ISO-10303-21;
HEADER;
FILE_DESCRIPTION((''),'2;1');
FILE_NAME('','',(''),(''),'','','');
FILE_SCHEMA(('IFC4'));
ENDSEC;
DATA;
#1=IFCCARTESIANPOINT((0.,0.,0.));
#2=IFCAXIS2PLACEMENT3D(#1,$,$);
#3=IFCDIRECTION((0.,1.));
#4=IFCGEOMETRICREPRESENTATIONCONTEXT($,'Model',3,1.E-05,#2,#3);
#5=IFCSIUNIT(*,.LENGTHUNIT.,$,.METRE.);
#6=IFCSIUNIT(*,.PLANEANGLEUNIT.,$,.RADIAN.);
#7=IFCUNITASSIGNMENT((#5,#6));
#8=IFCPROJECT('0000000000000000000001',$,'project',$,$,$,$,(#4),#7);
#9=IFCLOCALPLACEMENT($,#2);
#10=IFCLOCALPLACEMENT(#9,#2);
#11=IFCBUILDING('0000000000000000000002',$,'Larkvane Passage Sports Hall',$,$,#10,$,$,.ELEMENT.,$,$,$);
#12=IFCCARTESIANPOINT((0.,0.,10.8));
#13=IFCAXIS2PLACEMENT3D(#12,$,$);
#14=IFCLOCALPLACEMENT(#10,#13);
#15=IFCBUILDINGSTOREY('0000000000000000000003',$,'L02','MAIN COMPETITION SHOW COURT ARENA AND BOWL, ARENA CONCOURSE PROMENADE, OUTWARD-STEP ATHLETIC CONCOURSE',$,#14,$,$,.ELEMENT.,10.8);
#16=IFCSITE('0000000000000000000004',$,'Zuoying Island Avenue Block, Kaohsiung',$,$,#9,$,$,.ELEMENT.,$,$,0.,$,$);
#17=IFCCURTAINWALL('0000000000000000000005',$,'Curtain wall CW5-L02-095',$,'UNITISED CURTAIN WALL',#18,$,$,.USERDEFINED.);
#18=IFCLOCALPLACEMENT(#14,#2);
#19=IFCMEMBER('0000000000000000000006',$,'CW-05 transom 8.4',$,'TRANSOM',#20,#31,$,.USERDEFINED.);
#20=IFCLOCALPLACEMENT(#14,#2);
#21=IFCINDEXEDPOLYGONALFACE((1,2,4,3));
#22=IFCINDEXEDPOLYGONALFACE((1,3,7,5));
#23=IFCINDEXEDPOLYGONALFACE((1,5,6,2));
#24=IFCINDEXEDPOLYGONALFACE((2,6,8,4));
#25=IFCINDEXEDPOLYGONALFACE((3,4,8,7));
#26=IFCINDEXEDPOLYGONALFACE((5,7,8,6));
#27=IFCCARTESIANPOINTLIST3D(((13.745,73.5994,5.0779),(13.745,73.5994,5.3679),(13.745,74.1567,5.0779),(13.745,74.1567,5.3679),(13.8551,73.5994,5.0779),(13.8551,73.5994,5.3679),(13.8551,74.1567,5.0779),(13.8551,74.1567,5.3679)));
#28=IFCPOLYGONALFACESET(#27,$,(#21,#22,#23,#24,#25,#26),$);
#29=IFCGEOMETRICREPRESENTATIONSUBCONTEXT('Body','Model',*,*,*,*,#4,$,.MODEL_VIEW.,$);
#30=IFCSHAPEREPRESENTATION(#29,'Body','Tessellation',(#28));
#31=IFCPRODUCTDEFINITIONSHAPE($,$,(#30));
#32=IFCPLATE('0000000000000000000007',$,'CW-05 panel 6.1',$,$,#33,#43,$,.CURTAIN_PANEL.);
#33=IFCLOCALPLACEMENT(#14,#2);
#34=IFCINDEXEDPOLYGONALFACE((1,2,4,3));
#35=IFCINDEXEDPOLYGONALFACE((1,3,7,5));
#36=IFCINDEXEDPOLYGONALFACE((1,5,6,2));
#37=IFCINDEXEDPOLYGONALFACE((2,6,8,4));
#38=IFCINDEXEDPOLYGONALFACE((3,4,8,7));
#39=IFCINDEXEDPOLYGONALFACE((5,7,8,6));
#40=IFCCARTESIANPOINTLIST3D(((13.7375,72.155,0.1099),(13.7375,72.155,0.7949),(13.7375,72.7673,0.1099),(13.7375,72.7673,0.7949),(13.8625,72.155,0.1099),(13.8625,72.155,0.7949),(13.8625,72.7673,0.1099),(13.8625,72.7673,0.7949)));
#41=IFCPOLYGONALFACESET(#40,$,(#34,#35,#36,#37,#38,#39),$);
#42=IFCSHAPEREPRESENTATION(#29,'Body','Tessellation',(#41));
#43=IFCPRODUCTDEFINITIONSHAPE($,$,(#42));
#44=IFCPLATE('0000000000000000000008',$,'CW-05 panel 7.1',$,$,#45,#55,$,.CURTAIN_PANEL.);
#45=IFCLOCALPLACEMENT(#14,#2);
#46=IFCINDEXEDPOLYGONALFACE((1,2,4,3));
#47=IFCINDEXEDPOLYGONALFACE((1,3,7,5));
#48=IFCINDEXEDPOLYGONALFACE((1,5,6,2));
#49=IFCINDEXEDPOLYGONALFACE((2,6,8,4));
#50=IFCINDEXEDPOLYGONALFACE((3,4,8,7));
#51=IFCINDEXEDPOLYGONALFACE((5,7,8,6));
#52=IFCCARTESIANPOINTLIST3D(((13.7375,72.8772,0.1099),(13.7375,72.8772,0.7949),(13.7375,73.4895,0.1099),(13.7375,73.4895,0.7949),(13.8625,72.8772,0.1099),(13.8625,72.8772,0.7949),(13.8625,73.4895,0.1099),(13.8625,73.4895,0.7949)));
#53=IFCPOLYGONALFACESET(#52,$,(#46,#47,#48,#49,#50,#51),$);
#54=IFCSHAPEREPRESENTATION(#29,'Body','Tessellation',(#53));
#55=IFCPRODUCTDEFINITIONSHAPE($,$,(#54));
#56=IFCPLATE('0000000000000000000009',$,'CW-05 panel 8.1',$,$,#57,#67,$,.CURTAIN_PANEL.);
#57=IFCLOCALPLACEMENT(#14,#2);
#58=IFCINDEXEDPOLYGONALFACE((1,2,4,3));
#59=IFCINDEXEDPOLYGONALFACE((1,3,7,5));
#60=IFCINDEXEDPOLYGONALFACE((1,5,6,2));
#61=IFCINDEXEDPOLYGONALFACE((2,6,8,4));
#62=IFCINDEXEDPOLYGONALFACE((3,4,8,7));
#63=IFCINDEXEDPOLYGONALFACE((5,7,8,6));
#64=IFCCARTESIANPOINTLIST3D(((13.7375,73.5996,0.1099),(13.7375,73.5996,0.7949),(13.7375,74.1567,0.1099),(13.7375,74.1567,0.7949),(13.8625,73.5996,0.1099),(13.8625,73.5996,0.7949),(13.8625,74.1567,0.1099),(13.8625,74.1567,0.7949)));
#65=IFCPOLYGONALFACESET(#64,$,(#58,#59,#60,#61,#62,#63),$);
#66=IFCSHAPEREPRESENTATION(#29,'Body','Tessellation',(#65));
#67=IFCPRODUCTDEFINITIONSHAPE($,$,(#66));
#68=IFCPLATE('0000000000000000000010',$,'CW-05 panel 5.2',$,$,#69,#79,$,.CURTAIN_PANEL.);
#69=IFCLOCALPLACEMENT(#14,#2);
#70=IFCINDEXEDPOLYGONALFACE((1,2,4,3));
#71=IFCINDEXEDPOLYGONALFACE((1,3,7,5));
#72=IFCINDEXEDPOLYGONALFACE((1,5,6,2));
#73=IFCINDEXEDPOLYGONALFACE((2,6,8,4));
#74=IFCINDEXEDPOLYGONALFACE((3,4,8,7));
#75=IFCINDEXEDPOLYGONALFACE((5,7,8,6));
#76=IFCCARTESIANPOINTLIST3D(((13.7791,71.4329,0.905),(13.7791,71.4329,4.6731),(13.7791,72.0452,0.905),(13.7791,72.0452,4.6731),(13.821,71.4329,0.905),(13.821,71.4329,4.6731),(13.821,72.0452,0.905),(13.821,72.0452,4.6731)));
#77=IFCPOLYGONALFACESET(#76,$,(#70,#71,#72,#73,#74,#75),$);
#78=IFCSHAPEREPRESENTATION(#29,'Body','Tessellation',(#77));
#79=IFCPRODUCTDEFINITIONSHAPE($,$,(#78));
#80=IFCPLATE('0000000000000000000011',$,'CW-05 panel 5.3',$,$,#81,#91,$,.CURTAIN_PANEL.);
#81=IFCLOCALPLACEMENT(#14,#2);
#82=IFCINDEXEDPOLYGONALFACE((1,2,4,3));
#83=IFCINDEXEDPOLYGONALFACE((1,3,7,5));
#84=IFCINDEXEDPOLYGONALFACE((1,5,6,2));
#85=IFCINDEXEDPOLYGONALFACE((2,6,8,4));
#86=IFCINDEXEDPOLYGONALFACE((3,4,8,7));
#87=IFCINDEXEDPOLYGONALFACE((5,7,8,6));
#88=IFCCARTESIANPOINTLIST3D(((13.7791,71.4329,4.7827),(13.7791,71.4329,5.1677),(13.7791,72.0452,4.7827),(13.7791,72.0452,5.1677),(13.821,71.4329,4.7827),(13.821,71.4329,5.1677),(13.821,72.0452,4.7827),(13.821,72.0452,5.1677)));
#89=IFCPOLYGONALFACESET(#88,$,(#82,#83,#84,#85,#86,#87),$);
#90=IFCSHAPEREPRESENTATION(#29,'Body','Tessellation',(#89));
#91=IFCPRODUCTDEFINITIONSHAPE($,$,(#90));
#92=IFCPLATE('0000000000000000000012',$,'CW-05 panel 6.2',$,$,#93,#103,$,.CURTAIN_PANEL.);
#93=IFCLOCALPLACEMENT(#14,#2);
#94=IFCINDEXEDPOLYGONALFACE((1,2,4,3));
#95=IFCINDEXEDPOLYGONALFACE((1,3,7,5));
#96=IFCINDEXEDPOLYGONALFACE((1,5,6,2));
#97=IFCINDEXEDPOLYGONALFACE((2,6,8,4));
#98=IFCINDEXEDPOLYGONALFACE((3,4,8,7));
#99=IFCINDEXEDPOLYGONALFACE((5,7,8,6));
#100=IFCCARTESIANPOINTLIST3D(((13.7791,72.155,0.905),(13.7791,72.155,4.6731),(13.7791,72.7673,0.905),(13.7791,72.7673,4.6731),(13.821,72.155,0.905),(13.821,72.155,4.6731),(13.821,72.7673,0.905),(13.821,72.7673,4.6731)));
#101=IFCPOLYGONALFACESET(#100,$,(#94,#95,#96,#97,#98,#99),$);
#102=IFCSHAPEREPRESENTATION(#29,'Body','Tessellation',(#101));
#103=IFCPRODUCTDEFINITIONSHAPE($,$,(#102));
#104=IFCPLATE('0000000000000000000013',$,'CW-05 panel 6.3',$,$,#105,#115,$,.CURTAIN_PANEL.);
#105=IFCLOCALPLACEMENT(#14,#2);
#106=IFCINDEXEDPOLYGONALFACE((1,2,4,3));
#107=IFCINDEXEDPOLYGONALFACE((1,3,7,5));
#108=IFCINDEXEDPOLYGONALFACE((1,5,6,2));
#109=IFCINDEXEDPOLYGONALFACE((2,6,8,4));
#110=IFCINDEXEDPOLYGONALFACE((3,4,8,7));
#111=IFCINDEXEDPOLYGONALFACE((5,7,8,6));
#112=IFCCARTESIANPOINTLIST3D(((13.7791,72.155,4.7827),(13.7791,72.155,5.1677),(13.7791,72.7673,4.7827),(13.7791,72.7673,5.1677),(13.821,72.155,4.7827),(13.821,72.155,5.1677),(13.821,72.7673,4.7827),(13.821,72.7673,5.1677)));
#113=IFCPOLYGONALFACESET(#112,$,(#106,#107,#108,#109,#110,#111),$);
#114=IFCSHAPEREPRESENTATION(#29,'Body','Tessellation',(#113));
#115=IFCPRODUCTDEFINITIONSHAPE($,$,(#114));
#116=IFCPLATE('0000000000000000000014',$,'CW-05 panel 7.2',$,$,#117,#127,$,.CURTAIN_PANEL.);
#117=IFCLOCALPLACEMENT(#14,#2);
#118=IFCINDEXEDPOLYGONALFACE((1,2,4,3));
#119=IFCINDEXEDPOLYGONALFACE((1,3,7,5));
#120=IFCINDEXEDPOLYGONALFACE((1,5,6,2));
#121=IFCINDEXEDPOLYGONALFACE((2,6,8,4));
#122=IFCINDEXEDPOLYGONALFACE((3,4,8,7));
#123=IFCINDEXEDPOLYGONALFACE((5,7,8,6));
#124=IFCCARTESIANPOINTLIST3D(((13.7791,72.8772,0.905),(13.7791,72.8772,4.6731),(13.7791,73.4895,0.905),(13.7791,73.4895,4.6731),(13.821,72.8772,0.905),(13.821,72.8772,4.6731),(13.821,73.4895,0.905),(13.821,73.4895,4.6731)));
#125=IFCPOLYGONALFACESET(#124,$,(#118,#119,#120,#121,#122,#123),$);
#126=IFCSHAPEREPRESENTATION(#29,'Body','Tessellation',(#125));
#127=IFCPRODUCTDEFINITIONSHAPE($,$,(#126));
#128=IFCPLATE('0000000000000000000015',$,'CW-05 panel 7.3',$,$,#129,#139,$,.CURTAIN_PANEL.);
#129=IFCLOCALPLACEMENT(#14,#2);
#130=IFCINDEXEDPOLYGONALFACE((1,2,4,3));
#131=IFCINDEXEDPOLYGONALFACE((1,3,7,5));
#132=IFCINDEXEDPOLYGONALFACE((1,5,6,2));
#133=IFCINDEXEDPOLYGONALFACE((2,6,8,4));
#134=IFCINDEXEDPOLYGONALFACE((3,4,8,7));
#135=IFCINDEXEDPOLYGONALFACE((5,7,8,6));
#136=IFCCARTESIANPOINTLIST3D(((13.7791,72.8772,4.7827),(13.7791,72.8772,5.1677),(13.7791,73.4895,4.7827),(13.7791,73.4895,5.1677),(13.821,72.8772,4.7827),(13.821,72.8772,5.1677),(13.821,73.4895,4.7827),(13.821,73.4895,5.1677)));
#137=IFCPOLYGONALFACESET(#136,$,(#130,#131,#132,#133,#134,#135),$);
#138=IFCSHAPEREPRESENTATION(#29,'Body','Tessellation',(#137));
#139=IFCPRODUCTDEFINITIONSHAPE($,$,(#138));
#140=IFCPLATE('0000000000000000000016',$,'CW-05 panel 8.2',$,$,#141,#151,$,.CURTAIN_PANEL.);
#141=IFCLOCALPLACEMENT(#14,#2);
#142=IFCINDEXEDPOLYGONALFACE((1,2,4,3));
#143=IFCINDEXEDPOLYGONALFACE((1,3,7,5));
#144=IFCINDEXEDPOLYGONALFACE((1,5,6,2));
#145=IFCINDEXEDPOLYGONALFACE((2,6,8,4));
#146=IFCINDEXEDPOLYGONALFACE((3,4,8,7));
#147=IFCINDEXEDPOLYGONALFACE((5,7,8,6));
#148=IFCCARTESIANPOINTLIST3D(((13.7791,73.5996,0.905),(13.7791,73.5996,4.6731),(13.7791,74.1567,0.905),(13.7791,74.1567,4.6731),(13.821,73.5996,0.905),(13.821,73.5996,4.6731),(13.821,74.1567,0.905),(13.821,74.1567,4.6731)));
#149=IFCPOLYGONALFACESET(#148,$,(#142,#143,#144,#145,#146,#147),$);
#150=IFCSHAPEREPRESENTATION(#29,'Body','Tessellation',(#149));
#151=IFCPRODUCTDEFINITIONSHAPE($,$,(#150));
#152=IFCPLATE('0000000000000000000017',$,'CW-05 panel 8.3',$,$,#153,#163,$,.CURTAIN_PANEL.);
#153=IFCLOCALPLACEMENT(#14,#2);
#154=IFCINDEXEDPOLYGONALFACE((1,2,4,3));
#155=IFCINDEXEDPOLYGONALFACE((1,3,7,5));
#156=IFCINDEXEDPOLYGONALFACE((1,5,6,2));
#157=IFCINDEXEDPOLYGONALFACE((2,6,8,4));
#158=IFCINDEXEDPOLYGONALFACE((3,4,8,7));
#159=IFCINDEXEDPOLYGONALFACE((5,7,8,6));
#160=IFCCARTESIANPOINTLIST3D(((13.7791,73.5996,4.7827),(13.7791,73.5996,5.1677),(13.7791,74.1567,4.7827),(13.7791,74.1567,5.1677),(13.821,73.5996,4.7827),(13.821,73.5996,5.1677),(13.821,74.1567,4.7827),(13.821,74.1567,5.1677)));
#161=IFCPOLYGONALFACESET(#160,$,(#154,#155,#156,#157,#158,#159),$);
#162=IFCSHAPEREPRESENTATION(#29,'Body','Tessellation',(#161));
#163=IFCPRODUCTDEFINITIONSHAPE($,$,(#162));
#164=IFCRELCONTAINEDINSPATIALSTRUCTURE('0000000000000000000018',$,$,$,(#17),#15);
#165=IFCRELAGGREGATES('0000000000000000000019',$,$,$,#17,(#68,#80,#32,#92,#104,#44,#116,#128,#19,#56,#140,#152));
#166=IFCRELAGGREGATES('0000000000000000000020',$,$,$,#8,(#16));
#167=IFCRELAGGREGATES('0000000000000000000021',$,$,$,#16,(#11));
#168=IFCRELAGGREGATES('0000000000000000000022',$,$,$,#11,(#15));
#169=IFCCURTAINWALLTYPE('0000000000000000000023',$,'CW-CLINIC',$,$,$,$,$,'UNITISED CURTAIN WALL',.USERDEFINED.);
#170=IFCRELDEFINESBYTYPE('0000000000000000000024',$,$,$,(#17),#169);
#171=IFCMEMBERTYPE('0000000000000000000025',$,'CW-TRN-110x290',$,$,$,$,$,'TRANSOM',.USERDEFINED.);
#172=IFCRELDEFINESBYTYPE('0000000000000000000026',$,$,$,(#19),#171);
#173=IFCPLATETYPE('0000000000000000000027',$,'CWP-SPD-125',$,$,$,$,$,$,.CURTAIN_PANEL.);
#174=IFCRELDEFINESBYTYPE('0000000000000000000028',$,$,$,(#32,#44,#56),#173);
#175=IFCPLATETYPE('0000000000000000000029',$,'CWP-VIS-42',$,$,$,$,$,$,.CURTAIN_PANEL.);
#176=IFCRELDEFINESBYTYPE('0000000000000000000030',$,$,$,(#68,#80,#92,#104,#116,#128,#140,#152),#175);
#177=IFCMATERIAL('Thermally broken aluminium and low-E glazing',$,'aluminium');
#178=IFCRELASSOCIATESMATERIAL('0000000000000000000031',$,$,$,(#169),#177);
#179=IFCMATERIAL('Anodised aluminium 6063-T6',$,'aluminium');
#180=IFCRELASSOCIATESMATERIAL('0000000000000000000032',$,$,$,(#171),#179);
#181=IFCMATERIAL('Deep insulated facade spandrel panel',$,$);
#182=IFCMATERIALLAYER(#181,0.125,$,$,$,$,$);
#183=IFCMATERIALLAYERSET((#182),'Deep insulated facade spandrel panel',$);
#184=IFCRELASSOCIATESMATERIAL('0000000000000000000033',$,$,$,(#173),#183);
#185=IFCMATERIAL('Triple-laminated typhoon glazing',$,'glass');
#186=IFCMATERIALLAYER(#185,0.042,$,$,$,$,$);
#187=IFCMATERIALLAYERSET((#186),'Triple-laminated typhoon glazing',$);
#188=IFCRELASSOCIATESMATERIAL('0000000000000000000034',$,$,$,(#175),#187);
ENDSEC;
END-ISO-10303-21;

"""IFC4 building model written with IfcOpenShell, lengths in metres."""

from ifc_helpers import new_model, si_unit, direction, frame, origin, origin_2d, place, context, subcontext, project, spatial, rectangle, extrude, material, layer, layer_set, material_profile, profile_set, type_object, element, aggregate, save


model = new_model("IFC4")

# Units and contexts
model_context = context("Model", 3, precision=1e-05, world=origin(), true_north=direction((0.0, 1.0)))
body_context = subcontext(model_context, "Body", "Model", "MODEL_VIEW")
ifc_project = project(units=[si_unit("LENGTHUNIT", "METRE"), si_unit("PLANEANGLEUNIT", "RADIAN")], contexts=[model_context])

# Site, building, storey
site_placement = place(None, origin())
site = spatial("IfcSite", under=ifc_project, at=site_placement, Name="Zuoying Island Avenue Block, Kaohsiung", CompositionType="ELEMENT", RefElevation=0.0)
building_placement = place(site_placement, origin())
building = spatial("IfcBuilding", under=site, at=building_placement, Name="Larkvane Passage Sports Hall", CompositionType="ELEMENT")
storey_placement = place(building_placement, frame((0.0, 0.0, 10.8)))
storey = spatial("IfcBuildingStorey", under=building, at=storey_placement, Name="L02", Description="MAIN COMPETITION SHOW COURT ARENA AND BOWL, ARENA CONCOURSE PROMENADE, OUTWARD-STEP ATHLETIC CONCOURSE", CompositionType="ELEMENT", Elevation=10.8)

# Curtain wall, member, plates
ifc_material_1 = material(Name="Thermally broken aluminium and low-E glazing", Category="aluminium")
curtain_wall_type = type_object("IfcCurtainWallType", Name="CW-CLINIC", ElementType="UNITISED CURTAIN WALL", PredefinedType="USERDEFINED", material=ifc_material_1)
curtain_wall_placement = place(storey_placement, origin())
curtain_wall = element("IfcCurtainWall", 1, at=curtain_wall_placement, inside=storey, type_object=curtain_wall_type, Name="Curtain wall CW5-L02-095", ObjectType="UNITISED CURTAIN WALL", PredefinedType="USERDEFINED")
ifc_material_2 = material(Name="Anodised aluminium 6063-T6", Category="aluminium")
ifc_material_profile_1 = material_profile(ifc_material_2, rectangle(XDim=0.1101, YDim=0.29, at=origin_2d()), Name="ALU-TRN-110x290")
ifc_profile_set_1 = profile_set([ifc_material_profile_1], Name="Anodised aluminium 6063-T6")
member_type_1 = type_object("IfcMemberType", Name="CW-TRN-110x290", ElementType="TRANSOM", PredefinedType="USERDEFINED", material=ifc_profile_set_1)
member_1_placement = place(storey_placement, frame((13.8, 73.5994, 5.2229), z_axis=(0.0, 1.0, 0.0), x_axis=(-1.0, 0.0, 0.0)))
member_1 = element("IfcMember", 2, at=member_1_placement, type_object=member_type_1, Name="CW-05 transom 8.4", ObjectType="TRANSOM", PredefinedType="USERDEFINED", context=body_context, shape_type="SweptSolid", body=[
    extrude(rectangle(XDim=0.1101, YDim=0.29, at=origin_2d()), origin(), (0.0, 0.0, 1.0), 0.5574),
])
ifc_material_3 = material(Name="Deep insulated facade spandrel panel")
ifc_layer_1 = layer(ifc_material_3, 0.125)
ifc_layer_set_1 = layer_set([ifc_layer_1], Name="Deep insulated facade spandrel panel")
plate_type_1 = type_object("IfcPlateType", Name="CWP-SPD-125", PredefinedType="CURTAIN_PANEL", material=ifc_layer_set_1)
plate_1_placement = place(storey_placement, frame((13.8, 72.4612, 0.1099), z_axis=(0.0, 0.0, 1.0), x_axis=(0.0, 1.0, 0.0)))
plate_1 = element("IfcPlate", 3, at=plate_1_placement, type_object=plate_type_1, Name="CW-05 panel 6.1", PredefinedType="CURTAIN_PANEL", context=body_context, shape_type="SweptSolid", body=[
    extrude(rectangle(XDim=0.6123, YDim=0.125, at=origin_2d()), origin(), (0.0, 0.0, 1.0), 0.6851),
])
plate_2_placement = place(storey_placement, frame((13.8, 73.1833, 0.1099), z_axis=(0.0, 0.0, 1.0), x_axis=(0.0, 1.0, 0.0)))
plate_2 = element("IfcPlate", 4, at=plate_2_placement, type_object=plate_type_1, Name="CW-05 panel 7.1", PredefinedType="CURTAIN_PANEL", context=body_context, shape_type="SweptSolid", body=[
    extrude(rectangle(XDim=0.6123, YDim=0.125, at=origin_2d()), origin(), (0.0, 0.0, 1.0), 0.6851),
])
plate_3_placement = place(storey_placement, frame((13.8, 73.8782, 0.1099), z_axis=(0.0, 0.0, 1.0), x_axis=(0.0, 1.0, 0.0)))
plate_3 = element("IfcPlate", 5, at=plate_3_placement, type_object=plate_type_1, Name="CW-05 panel 8.1", PredefinedType="CURTAIN_PANEL", context=body_context, shape_type="SweptSolid", body=[
    extrude(rectangle(XDim=0.5571, YDim=0.125, at=origin_2d()), origin(), (0.0, 0.0, 1.0), 0.6851),
])
ifc_material_4 = material(Name="Triple-laminated typhoon glazing", Category="glass")
ifc_layer_2 = layer(ifc_material_4, 0.042)
ifc_layer_set_2 = layer_set([ifc_layer_2], Name="Triple-laminated typhoon glazing")
plate_type_2 = type_object("IfcPlateType", Name="CWP-VIS-42", PredefinedType="CURTAIN_PANEL", material=ifc_layer_set_2)
plate_4_placement = place(storey_placement, frame((13.8, 71.739, 0.905), z_axis=(0.0, 0.0, 1.0), x_axis=(0.0, 1.0, 0.0)))
plate_4 = element("IfcPlate", 6, at=plate_4_placement, type_object=plate_type_2, Name="CW-05 panel 5.2", PredefinedType="CURTAIN_PANEL", context=body_context, shape_type="SweptSolid", body=[
    extrude(rectangle(XDim=0.6123, YDim=0.042, at=origin_2d()), origin(), (0.0, 0.0, 1.0), 3.7681),
])
plate_5_placement = place(storey_placement, frame((13.8, 71.739, 4.7827), z_axis=(0.0, 0.0, 1.0), x_axis=(0.0, 1.0, 0.0)))
plate_5 = element("IfcPlate", 7, at=plate_5_placement, type_object=plate_type_2, Name="CW-05 panel 5.3", PredefinedType="CURTAIN_PANEL", context=body_context, shape_type="SweptSolid", body=[
    extrude(rectangle(XDim=0.6123, YDim=0.042, at=origin_2d()), origin(), (0.0, 0.0, 1.0), 0.385),
])
plate_6_placement = place(storey_placement, frame((13.8, 72.4612, 0.905), z_axis=(0.0, 0.0, 1.0), x_axis=(0.0, 1.0, 0.0)))
plate_6 = element("IfcPlate", 8, at=plate_6_placement, type_object=plate_type_2, Name="CW-05 panel 6.2", PredefinedType="CURTAIN_PANEL", context=body_context, shape_type="SweptSolid", body=[
    extrude(rectangle(XDim=0.6123, YDim=0.042, at=origin_2d()), origin(), (0.0, 0.0, 1.0), 3.7681),
])
plate_7_placement = place(storey_placement, frame((13.8, 72.4612, 4.7827), z_axis=(0.0, 0.0, 1.0), x_axis=(0.0, 1.0, 0.0)))
plate_7 = element("IfcPlate", 9, at=plate_7_placement, type_object=plate_type_2, Name="CW-05 panel 6.3", PredefinedType="CURTAIN_PANEL", context=body_context, shape_type="SweptSolid", body=[
    extrude(rectangle(XDim=0.6123, YDim=0.042, at=origin_2d()), origin(), (0.0, 0.0, 1.0), 0.385),
])
plate_8_placement = place(storey_placement, frame((13.8, 73.1833, 0.905), z_axis=(0.0, 0.0, 1.0), x_axis=(0.0, 1.0, 0.0)))
plate_8 = element("IfcPlate", 10, at=plate_8_placement, type_object=plate_type_2, Name="CW-05 panel 7.2", PredefinedType="CURTAIN_PANEL", context=body_context, shape_type="SweptSolid", body=[
    extrude(rectangle(XDim=0.6123, YDim=0.042, at=origin_2d()), origin(), (0.0, 0.0, 1.0), 3.7681),
])
plate_9_placement = place(storey_placement, frame((13.8, 73.1833, 4.7827), z_axis=(0.0, 0.0, 1.0), x_axis=(0.0, 1.0, 0.0)))
plate_9 = element("IfcPlate", 11, at=plate_9_placement, type_object=plate_type_2, Name="CW-05 panel 7.3", PredefinedType="CURTAIN_PANEL", context=body_context, shape_type="SweptSolid", body=[
    extrude(rectangle(XDim=0.6123, YDim=0.042, at=origin_2d()), origin(), (0.0, 0.0, 1.0), 0.385),
])
plate_10_placement = place(storey_placement, frame((13.8, 73.8782, 0.905), z_axis=(0.0, 0.0, 1.0), x_axis=(0.0, 1.0, 0.0)))
plate_10 = element("IfcPlate", 12, at=plate_10_placement, type_object=plate_type_2, Name="CW-05 panel 8.2", PredefinedType="CURTAIN_PANEL", context=body_context, shape_type="SweptSolid", body=[
    extrude(rectangle(XDim=0.5571, YDim=0.042, at=origin_2d()), origin(), (0.0, 0.0, 1.0), 3.7681),
])
plate_11_placement = place(storey_placement, frame((13.8, 73.8782, 4.7827), z_axis=(0.0, 0.0, 1.0), x_axis=(0.0, 1.0, 0.0)))
plate_11 = element("IfcPlate", 13, at=plate_11_placement, type_object=plate_type_2, Name="CW-05 panel 8.3", PredefinedType="CURTAIN_PANEL", context=body_context, shape_type="SweptSolid", body=[
    extrude(rectangle(XDim=0.5571, YDim=0.042, at=origin_2d()), origin(), (0.0, 0.0, 1.0), 0.385),
])
aggregate(curtain_wall, [plate_4, plate_5, plate_1, plate_6, plate_7, plate_2, plate_8, plate_9, member_1, plate_3, plate_10, plate_11])

save(model, "model.ifc")
